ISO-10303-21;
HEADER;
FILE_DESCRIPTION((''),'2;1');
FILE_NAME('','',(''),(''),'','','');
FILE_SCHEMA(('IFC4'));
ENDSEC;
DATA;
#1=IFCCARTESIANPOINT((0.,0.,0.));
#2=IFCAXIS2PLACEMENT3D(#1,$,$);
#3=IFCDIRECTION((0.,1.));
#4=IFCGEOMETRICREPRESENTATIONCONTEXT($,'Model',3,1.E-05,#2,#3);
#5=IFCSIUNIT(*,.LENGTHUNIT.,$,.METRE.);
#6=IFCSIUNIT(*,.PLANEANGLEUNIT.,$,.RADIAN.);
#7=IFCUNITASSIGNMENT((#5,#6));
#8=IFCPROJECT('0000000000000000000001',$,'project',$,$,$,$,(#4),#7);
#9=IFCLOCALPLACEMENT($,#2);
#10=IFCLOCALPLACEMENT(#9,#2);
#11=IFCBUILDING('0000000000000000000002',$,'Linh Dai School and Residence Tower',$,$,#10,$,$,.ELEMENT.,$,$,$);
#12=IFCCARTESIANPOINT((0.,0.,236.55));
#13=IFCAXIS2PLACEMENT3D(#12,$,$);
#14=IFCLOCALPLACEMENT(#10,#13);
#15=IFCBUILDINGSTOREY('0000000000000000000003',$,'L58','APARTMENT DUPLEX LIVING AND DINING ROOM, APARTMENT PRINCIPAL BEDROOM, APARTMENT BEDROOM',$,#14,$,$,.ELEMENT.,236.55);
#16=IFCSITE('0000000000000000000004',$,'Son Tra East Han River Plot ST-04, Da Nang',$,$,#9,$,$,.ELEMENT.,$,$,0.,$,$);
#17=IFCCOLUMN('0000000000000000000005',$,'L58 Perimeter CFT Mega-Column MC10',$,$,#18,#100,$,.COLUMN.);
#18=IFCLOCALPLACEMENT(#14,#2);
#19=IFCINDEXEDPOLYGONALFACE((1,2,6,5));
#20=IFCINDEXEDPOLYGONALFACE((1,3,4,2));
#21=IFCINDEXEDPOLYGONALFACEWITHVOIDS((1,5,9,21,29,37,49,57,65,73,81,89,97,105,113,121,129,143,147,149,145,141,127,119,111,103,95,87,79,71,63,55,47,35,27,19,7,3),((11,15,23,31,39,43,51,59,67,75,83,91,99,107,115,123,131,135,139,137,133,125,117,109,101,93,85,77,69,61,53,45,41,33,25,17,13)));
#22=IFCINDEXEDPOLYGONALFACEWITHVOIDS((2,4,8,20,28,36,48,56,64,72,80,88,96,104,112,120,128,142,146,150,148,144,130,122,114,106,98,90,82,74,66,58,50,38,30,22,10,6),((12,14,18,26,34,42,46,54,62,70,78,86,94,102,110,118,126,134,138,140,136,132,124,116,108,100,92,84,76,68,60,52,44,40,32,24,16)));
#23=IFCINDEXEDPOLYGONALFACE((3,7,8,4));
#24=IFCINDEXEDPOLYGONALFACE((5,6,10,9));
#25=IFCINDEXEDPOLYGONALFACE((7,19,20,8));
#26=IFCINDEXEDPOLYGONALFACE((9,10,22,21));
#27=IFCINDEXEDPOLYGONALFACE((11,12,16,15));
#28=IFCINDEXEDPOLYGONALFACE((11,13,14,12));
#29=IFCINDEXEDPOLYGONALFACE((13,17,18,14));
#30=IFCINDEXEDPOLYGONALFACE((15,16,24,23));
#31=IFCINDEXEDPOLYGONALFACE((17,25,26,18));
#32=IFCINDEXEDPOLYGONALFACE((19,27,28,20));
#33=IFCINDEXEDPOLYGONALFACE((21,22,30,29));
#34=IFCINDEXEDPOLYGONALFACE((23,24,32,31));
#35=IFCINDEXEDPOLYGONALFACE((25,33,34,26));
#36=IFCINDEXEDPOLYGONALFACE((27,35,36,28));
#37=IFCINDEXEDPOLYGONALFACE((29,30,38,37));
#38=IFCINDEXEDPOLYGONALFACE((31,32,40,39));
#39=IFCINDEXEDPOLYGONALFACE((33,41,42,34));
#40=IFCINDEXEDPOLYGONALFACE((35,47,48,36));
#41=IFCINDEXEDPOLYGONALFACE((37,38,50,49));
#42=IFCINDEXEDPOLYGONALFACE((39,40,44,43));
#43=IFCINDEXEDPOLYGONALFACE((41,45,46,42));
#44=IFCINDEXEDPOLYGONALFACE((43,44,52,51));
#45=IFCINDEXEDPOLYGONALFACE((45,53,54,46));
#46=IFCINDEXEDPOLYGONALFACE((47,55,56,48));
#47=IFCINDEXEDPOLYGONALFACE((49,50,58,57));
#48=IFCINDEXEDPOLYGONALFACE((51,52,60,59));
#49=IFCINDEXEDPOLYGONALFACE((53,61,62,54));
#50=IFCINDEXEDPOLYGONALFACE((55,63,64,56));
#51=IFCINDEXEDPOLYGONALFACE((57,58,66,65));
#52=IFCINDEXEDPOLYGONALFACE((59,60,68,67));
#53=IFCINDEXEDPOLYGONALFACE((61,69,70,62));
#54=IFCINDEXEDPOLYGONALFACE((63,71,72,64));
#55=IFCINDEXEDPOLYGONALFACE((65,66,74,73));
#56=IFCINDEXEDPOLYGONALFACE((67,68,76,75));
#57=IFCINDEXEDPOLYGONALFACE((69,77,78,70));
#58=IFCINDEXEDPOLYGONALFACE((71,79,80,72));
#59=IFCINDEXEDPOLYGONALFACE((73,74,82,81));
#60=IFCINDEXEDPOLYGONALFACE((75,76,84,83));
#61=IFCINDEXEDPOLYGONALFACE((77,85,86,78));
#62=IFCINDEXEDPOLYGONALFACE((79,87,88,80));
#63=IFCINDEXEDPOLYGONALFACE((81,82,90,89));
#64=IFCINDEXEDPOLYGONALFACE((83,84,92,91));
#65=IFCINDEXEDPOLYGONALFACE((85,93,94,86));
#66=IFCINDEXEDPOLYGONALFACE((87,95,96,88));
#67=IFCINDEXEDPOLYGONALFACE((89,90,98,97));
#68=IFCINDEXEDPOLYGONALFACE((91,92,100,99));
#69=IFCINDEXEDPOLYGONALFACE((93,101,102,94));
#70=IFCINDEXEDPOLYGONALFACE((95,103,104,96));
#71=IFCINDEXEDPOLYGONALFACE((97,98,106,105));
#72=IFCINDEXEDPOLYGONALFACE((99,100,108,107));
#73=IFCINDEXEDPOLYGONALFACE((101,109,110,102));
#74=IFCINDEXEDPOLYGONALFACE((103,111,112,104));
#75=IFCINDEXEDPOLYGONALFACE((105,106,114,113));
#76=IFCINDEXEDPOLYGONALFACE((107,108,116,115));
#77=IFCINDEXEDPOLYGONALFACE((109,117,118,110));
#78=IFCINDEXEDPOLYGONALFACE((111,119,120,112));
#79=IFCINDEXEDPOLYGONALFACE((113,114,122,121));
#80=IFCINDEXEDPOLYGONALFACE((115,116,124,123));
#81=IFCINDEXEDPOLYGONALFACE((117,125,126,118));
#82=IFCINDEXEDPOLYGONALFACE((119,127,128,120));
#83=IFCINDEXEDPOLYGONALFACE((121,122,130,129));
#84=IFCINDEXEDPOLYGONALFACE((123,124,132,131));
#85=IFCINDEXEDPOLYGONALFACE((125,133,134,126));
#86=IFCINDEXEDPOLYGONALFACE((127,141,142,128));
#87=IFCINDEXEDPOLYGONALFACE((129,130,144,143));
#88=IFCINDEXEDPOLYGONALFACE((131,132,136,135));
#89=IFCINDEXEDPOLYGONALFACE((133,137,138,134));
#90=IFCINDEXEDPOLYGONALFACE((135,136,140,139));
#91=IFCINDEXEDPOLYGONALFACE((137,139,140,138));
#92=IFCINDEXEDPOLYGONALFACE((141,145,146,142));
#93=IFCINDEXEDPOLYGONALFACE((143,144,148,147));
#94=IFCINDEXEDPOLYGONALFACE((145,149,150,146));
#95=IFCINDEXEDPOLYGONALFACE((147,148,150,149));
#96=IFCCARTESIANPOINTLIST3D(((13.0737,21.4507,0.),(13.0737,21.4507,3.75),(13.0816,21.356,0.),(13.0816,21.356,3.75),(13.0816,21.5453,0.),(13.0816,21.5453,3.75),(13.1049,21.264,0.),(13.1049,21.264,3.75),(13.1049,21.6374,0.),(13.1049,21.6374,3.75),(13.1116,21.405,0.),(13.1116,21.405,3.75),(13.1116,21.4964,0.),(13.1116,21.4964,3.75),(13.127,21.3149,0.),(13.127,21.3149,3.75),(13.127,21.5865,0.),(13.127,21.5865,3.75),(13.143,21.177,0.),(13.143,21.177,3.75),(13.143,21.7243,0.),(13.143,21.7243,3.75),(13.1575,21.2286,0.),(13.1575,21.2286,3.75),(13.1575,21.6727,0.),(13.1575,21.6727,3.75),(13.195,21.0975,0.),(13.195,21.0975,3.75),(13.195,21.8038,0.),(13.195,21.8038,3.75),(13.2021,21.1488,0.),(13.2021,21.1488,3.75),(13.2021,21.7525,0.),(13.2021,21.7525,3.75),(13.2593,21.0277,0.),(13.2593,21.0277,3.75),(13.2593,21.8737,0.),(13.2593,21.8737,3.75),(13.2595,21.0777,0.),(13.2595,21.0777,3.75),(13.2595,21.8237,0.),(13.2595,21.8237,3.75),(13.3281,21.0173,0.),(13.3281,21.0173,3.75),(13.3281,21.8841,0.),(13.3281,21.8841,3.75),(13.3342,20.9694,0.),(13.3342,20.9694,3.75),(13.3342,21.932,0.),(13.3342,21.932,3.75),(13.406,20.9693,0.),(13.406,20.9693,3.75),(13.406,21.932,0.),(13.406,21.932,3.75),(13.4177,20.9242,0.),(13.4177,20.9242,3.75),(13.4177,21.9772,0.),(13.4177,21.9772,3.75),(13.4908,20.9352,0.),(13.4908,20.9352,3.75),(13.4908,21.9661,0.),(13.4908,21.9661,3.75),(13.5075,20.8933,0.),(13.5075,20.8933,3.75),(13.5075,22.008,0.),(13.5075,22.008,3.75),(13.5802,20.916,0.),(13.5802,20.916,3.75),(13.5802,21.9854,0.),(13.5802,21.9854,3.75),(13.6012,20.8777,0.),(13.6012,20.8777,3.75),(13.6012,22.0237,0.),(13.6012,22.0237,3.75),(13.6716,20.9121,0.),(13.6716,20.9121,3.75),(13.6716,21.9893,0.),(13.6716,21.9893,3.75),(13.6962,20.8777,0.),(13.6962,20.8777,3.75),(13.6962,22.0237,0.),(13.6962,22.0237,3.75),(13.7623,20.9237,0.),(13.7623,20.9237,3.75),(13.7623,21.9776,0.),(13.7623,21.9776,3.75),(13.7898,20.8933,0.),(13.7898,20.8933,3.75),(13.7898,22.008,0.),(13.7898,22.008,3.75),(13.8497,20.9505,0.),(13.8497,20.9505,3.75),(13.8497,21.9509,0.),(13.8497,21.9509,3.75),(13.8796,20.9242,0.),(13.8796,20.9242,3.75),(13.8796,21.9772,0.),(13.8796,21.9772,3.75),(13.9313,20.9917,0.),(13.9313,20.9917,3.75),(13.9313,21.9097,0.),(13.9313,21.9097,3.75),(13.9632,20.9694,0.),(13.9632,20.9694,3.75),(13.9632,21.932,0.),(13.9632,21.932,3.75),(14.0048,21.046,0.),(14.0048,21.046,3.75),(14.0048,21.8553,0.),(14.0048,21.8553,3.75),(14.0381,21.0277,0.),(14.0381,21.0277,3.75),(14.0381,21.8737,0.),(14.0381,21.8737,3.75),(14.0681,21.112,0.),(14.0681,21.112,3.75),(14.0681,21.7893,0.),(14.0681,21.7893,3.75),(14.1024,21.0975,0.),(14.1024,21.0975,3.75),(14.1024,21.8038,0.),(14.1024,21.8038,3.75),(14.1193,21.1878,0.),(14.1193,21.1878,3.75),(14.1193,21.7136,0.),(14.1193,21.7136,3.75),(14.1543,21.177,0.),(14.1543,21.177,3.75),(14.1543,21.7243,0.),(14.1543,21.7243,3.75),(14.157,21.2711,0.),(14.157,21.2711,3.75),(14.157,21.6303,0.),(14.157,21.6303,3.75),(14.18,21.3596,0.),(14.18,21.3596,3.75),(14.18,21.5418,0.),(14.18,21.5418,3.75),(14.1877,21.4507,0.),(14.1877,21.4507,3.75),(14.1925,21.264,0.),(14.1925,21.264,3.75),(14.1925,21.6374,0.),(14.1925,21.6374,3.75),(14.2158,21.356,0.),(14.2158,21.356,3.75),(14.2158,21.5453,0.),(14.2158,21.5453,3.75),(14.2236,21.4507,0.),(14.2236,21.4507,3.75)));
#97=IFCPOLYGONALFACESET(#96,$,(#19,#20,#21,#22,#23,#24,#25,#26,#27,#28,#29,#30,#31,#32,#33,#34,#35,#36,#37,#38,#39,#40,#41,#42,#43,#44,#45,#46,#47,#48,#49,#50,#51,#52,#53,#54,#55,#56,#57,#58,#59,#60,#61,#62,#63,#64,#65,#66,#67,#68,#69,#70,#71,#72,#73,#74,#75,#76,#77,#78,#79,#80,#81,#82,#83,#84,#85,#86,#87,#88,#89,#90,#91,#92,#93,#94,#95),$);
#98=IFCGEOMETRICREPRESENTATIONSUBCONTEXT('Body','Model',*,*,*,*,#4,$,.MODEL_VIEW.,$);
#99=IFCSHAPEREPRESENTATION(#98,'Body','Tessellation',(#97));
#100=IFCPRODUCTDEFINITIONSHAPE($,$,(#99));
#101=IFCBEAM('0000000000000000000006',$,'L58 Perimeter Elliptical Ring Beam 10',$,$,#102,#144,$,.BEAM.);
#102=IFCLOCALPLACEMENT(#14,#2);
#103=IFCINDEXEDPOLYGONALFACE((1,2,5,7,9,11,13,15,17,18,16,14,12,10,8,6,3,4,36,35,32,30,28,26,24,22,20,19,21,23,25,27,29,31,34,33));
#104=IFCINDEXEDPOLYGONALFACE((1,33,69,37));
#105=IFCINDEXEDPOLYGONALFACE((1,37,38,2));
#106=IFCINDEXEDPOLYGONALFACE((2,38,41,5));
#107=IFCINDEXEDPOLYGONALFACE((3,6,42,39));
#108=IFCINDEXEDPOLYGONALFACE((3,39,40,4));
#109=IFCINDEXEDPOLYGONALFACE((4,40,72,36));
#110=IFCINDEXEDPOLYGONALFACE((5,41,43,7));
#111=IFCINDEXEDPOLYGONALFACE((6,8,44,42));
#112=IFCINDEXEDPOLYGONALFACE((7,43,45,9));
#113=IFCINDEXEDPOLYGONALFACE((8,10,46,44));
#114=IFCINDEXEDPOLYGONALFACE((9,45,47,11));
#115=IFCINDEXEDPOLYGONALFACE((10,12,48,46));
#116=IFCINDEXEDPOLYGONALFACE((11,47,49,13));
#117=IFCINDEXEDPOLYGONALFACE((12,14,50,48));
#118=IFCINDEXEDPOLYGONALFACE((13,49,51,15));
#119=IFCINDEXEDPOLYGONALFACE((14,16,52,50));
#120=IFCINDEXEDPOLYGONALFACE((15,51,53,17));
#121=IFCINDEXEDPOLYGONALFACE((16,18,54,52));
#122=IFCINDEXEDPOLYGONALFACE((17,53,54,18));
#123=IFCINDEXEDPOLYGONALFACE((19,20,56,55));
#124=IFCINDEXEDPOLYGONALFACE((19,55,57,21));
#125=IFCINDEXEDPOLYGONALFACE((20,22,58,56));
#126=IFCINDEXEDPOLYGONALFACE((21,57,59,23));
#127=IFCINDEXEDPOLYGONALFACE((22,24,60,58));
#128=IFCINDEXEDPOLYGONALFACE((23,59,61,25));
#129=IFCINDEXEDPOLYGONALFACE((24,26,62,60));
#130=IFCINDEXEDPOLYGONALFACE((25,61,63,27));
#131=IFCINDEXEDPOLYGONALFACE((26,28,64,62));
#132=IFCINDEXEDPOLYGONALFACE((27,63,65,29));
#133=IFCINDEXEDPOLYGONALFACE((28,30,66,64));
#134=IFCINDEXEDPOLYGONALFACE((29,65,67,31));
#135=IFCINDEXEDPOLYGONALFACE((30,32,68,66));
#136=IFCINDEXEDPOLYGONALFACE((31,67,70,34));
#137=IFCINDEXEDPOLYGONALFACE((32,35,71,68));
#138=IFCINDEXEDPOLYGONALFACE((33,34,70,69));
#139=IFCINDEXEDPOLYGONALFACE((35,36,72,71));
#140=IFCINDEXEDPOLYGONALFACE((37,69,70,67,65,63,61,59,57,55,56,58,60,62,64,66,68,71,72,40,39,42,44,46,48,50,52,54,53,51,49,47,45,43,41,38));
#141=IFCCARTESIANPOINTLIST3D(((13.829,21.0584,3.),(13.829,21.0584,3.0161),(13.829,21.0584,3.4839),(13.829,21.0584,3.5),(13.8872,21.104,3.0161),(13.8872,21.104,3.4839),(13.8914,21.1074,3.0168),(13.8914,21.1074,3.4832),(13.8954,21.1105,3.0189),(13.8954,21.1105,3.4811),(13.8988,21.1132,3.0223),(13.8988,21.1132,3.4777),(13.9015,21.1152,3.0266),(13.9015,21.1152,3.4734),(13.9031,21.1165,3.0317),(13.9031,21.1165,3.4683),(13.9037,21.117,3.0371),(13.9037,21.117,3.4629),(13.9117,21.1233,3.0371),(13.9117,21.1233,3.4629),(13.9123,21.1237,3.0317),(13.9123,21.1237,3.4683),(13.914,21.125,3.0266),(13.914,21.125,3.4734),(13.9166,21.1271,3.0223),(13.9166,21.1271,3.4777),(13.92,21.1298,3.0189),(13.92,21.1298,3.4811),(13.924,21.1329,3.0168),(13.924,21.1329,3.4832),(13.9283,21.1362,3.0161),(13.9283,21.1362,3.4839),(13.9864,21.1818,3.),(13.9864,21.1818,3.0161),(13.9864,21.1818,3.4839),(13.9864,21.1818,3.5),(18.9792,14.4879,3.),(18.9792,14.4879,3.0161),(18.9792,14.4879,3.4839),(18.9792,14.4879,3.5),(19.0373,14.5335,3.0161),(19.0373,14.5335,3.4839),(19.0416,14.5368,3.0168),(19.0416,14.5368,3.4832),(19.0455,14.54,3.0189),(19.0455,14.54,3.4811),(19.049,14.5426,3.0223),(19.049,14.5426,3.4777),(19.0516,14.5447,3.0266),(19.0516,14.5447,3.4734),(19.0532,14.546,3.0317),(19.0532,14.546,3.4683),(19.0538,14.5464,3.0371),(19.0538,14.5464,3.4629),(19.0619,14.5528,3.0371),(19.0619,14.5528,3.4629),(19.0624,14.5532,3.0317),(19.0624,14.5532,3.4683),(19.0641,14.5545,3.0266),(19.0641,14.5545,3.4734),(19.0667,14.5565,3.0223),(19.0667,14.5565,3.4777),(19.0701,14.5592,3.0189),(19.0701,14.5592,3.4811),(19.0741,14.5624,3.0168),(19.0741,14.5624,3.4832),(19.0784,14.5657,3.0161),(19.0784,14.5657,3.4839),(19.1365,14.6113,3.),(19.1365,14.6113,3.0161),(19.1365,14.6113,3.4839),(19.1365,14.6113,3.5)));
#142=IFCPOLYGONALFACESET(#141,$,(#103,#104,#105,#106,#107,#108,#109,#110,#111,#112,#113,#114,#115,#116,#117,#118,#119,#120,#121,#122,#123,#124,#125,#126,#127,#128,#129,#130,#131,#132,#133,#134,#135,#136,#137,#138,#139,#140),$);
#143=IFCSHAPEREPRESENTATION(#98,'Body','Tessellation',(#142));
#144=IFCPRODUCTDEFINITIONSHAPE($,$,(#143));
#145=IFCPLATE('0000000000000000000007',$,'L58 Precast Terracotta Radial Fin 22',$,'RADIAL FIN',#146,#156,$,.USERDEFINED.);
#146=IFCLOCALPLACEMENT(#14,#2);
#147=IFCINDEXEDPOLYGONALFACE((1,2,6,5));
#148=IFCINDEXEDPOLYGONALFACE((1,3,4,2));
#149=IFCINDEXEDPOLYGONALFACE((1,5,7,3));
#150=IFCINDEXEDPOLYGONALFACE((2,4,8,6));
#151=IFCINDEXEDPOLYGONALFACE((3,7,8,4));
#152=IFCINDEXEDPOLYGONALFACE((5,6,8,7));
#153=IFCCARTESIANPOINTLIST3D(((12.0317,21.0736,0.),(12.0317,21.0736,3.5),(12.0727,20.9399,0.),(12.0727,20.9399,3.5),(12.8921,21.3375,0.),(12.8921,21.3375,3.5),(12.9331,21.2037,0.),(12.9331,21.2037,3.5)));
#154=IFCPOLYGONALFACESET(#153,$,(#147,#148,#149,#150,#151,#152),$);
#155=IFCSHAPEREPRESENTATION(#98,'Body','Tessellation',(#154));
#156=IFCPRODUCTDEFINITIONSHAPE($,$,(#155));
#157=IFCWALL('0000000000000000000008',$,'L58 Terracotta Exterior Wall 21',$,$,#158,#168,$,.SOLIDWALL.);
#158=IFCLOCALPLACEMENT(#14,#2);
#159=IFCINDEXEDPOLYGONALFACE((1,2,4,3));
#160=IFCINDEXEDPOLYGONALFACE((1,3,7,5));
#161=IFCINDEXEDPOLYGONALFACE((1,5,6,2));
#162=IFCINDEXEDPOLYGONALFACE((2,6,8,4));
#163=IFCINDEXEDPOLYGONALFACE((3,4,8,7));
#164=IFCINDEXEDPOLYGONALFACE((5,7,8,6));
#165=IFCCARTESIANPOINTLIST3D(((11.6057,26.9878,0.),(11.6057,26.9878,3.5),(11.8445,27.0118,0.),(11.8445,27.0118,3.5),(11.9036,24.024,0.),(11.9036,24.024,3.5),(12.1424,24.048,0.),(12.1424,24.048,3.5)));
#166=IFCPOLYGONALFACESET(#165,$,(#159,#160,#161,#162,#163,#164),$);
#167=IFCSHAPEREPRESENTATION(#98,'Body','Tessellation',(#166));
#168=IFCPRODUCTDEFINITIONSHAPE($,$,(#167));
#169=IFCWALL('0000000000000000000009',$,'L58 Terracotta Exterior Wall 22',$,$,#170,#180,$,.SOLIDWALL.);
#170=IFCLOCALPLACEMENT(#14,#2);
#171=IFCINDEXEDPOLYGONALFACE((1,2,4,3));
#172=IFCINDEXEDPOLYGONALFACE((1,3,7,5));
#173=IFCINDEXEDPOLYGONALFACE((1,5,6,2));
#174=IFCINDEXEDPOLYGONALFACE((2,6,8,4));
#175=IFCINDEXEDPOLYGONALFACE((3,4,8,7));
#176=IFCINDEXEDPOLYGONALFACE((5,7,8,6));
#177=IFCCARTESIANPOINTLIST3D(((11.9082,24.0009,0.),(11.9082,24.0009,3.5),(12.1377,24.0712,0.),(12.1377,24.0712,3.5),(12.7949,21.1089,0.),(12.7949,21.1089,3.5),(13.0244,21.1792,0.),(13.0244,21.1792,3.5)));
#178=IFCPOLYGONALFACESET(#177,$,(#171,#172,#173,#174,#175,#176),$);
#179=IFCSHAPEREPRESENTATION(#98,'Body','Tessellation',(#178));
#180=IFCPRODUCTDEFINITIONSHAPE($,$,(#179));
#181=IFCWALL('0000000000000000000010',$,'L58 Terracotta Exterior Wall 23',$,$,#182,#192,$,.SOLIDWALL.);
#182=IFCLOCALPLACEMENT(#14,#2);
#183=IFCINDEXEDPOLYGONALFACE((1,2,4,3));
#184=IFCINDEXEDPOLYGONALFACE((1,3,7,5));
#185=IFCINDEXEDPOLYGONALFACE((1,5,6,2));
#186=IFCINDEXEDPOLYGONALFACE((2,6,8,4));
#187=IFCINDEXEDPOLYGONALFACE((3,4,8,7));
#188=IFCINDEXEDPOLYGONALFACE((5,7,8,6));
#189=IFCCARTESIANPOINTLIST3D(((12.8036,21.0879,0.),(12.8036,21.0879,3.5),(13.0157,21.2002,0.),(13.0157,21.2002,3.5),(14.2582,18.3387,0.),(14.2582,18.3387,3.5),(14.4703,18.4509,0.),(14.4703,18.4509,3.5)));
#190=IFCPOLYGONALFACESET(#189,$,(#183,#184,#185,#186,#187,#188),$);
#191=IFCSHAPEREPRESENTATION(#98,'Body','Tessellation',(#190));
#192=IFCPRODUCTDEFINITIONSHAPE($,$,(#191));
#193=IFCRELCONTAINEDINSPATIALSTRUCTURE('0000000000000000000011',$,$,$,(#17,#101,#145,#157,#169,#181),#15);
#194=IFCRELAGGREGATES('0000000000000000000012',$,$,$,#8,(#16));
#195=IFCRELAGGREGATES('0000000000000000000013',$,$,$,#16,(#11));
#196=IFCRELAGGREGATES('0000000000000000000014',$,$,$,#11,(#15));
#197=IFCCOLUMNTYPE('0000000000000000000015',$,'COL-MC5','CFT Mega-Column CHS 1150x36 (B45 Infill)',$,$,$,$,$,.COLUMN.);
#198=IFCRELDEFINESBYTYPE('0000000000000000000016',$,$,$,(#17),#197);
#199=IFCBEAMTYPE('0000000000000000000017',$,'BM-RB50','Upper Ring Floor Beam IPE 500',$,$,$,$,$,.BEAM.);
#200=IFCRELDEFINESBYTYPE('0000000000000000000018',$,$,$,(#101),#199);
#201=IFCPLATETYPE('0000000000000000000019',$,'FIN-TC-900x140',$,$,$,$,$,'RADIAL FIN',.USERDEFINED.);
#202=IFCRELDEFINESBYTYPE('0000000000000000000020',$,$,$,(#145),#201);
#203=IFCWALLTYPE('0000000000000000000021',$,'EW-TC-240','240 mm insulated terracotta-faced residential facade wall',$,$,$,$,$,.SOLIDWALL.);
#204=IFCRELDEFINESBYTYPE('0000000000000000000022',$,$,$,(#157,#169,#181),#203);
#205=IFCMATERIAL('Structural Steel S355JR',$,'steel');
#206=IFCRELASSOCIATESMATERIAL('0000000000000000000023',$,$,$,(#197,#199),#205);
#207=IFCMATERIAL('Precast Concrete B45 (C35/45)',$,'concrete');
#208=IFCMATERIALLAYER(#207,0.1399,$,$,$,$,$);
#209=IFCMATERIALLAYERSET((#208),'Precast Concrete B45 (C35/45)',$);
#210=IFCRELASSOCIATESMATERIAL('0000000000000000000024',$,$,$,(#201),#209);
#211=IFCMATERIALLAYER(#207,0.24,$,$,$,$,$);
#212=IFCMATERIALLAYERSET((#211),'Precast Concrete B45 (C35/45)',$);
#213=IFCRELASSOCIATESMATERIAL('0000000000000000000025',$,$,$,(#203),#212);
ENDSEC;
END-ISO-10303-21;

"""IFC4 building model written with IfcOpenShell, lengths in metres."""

from ifc_helpers import new_model, si_unit, direction, frame, frame_2d, origin, origin_2d, place, context, subcontext, project, spatial, rectangle, hollow_circle, i_section, extrude, source, transform, mapped, material, layer, layer_set, material_profile, profile_set, type_object, element, save


model = new_model("IFC4")

# Units and contexts
model_context = context("Model", 3, precision=1e-05, world=origin(), true_north=direction((0.0, 1.0)))
body_context = subcontext(model_context, "Body", "Model", "MODEL_VIEW")
ifc_project = project(units=[si_unit("LENGTHUNIT", "METRE"), si_unit("PLANEANGLEUNIT", "RADIAN")], contexts=[model_context])

# Site, building, storey
site_placement = place(None, origin())
site = spatial("IfcSite", under=ifc_project, at=site_placement, Name="Son Tra East Han River Plot ST-04, Da Nang", CompositionType="ELEMENT", RefElevation=0.0)
building_placement = place(site_placement, origin())
building = spatial("IfcBuilding", under=site, at=building_placement, Name="Linh Dai School and Residence Tower", CompositionType="ELEMENT")
storey_placement = place(building_placement, frame((0.0, 0.0, 236.55)))
storey = spatial("IfcBuildingStorey", under=building, at=storey_placement, Name="L58", Description="APARTMENT DUPLEX LIVING AND DINING ROOM, APARTMENT PRINCIPAL BEDROOM, APARTMENT BEDROOM", CompositionType="ELEMENT", Elevation=236.55)

# Column
ifc_material_1 = material(Name="Structural Steel S355JR", Category="steel")
ifc_material_profile_1 = material_profile(ifc_material_1, hollow_circle(Radius=0.575, WallThickness=0.0359, at=origin_2d()), Name="CHS 1150x36")
ifc_profile_set_1 = profile_set([ifc_material_profile_1], Name="Structural Steel S355JR")
column_type = type_object("IfcColumnType", Name="COL-MC5", Description="CFT Mega-Column CHS 1150x36 (B45 Infill)", PredefinedType="COLUMN", material=ifc_profile_set_1)
column_placement = place(storey_placement, frame((13.6487, 21.4507, 0.0), z_axis=(0.0, 0.0, 1.0), x_axis=(1.0, 0.0, 0.0)))
element("IfcColumn", 1, at=column_placement, inside=storey, type_object=column_type, Name="L58 Perimeter CFT Mega-Column MC10", PredefinedType="COLUMN", context=body_context, shape_type="SweptSolid", body=[
    extrude(hollow_circle(Radius=0.575, WallThickness=0.0359, at=origin_2d()), origin(), (0.0, 0.0, 1.0), 3.75),
])

# Beam
ifc_material_profile_2 = material_profile(ifc_material_1, i_section(OverallWidth=0.2, OverallDepth=0.5, WebThickness=0.0103, FlangeThickness=0.0161, FilletRadius=0.021, at=origin_2d()), Name="IPE 500")
ifc_profile_set_2 = profile_set([ifc_material_profile_2], Name="Structural Steel S355JR")
beam_type = type_object("IfcBeamType", Name="BM-RB50", Description="Upper Ring Floor Beam IPE 500", PredefinedType="BEAM", material=ifc_profile_set_2)
beam_placement = place(storey_placement, frame((13.9077, 21.1201, 3.25), z_axis=(0.6169, -0.787041, 0.0), x_axis=(0.787041, 0.6169, 0.0)))
element("IfcBeam", 2, at=beam_placement, inside=storey, type_object=beam_type, Name="L58 Perimeter Elliptical Ring Beam 10", PredefinedType="BEAM", context=body_context, shape_type="SweptSolid", body=[
    extrude(i_section(OverallWidth=0.2, OverallDepth=0.5, WebThickness=0.0103, FlangeThickness=0.0161, FilletRadius=0.021, at=origin_2d()), origin(), (0.0, 0.0, 1.0), 8.3484),
])

# Plate
ifc_material_2 = material(Name="Precast Concrete B45 (C35/45)", Category="concrete")
ifc_layer_1 = layer(ifc_material_2, 0.1399)
ifc_layer_set_1 = layer_set([ifc_layer_1], Name="Precast Concrete B45 (C35/45)")
plate_type = type_object("IfcPlateType", Name="FIN-TC-900x140", ElementType="RADIAL FIN", PredefinedType="USERDEFINED", material=ifc_layer_set_1)
shared_shape_1 = source(origin(), body_context, "Body", "SweptSolid", [
    extrude(rectangle(XDim=0.8999, YDim=0.1399, at=origin_2d()), origin(), (0.0, 0.0, 1.0), 3.5),
])
plate_placement = place(storey_placement, frame((12.4824, 21.1387, 0.0), z_axis=(0.0, 0.0, 1.0), x_axis=(-0.956064, -0.293157, 0.0)))
element("IfcPlate", 3, at=plate_placement, inside=storey, type_object=plate_type, Name="L58 Precast Terracotta Radial Fin 22", ObjectType="RADIAL FIN", PredefinedType="USERDEFINED", context=body_context, shape_type="MappedRepresentation", body=[
    mapped(shared_shape_1, transform((0.0, 0.0, 0.0), x_axis=(1.0, 0.0, 0.0), y_axis=(0.0, 1.0, 0.0), z_axis=(0.0, 0.0, 1.0), scale=1.0)),
])

# Walls
ifc_layer_2 = layer(ifc_material_2, 0.24)
ifc_layer_set_2 = layer_set([ifc_layer_2], Name="Precast Concrete B45 (C35/45)")
wall_type_1 = type_object("IfcWallType", Name="EW-TC-240", Description="240 mm insulated terracotta-faced residential facade wall", PredefinedType="SOLIDWALL", material=ifc_layer_set_2)
wall_1_placement = place(storey_placement, frame((12.0229, 24.0361, 0.0), z_axis=(0.0, 0.0, 1.0), x_axis=(-0.099991, 0.994988, 0.0)))
element("IfcWall", 4, at=wall_1_placement, inside=storey, type_object=wall_type_1, Name="L58 Terracotta Exterior Wall 21", PredefinedType="SOLIDWALL", context=body_context, shape_type="SweptSolid", body=[
    extrude(rectangle(XDim=2.9788, YDim=0.24, at=frame_2d((1.4893, 0.0))), origin(), (0.0, 0.0, 1.0), 3.5),
])
wall_2_placement = place(storey_placement, frame((12.9097, 21.144, 0.0), z_axis=(0.0, 0.0, 1.0), x_axis=(-0.293133, 0.956072, 0.0)))
element("IfcWall", 5, at=wall_2_placement, inside=storey, type_object=wall_type_1, Name="L58 Terracotta Exterior Wall 22", PredefinedType="SOLIDWALL", context=body_context, shape_type="SweptSolid", body=[
    extrude(rectangle(XDim=3.0249, YDim=0.24, at=frame_2d((1.5125, 0.0))), origin(), (0.0, 0.0, 1.0), 3.5),
])
wall_3_placement = place(storey_placement, frame((14.3643, 18.3948, 0.0), z_axis=(0.0, 0.0, 1.0), x_axis=(-0.46766, 0.883908, 0.0)))
element("IfcWall", 6, at=wall_3_placement, inside=storey, type_object=wall_type_1, Name="L58 Terracotta Exterior Wall 23", PredefinedType="SOLIDWALL", context=body_context, shape_type="SweptSolid", body=[
    extrude(rectangle(XDim=3.1104, YDim=0.24, at=frame_2d((1.5552, 0.0))), origin(), (0.0, 0.0, 1.0), 3.5),
])

save(model, "model.ifc")
